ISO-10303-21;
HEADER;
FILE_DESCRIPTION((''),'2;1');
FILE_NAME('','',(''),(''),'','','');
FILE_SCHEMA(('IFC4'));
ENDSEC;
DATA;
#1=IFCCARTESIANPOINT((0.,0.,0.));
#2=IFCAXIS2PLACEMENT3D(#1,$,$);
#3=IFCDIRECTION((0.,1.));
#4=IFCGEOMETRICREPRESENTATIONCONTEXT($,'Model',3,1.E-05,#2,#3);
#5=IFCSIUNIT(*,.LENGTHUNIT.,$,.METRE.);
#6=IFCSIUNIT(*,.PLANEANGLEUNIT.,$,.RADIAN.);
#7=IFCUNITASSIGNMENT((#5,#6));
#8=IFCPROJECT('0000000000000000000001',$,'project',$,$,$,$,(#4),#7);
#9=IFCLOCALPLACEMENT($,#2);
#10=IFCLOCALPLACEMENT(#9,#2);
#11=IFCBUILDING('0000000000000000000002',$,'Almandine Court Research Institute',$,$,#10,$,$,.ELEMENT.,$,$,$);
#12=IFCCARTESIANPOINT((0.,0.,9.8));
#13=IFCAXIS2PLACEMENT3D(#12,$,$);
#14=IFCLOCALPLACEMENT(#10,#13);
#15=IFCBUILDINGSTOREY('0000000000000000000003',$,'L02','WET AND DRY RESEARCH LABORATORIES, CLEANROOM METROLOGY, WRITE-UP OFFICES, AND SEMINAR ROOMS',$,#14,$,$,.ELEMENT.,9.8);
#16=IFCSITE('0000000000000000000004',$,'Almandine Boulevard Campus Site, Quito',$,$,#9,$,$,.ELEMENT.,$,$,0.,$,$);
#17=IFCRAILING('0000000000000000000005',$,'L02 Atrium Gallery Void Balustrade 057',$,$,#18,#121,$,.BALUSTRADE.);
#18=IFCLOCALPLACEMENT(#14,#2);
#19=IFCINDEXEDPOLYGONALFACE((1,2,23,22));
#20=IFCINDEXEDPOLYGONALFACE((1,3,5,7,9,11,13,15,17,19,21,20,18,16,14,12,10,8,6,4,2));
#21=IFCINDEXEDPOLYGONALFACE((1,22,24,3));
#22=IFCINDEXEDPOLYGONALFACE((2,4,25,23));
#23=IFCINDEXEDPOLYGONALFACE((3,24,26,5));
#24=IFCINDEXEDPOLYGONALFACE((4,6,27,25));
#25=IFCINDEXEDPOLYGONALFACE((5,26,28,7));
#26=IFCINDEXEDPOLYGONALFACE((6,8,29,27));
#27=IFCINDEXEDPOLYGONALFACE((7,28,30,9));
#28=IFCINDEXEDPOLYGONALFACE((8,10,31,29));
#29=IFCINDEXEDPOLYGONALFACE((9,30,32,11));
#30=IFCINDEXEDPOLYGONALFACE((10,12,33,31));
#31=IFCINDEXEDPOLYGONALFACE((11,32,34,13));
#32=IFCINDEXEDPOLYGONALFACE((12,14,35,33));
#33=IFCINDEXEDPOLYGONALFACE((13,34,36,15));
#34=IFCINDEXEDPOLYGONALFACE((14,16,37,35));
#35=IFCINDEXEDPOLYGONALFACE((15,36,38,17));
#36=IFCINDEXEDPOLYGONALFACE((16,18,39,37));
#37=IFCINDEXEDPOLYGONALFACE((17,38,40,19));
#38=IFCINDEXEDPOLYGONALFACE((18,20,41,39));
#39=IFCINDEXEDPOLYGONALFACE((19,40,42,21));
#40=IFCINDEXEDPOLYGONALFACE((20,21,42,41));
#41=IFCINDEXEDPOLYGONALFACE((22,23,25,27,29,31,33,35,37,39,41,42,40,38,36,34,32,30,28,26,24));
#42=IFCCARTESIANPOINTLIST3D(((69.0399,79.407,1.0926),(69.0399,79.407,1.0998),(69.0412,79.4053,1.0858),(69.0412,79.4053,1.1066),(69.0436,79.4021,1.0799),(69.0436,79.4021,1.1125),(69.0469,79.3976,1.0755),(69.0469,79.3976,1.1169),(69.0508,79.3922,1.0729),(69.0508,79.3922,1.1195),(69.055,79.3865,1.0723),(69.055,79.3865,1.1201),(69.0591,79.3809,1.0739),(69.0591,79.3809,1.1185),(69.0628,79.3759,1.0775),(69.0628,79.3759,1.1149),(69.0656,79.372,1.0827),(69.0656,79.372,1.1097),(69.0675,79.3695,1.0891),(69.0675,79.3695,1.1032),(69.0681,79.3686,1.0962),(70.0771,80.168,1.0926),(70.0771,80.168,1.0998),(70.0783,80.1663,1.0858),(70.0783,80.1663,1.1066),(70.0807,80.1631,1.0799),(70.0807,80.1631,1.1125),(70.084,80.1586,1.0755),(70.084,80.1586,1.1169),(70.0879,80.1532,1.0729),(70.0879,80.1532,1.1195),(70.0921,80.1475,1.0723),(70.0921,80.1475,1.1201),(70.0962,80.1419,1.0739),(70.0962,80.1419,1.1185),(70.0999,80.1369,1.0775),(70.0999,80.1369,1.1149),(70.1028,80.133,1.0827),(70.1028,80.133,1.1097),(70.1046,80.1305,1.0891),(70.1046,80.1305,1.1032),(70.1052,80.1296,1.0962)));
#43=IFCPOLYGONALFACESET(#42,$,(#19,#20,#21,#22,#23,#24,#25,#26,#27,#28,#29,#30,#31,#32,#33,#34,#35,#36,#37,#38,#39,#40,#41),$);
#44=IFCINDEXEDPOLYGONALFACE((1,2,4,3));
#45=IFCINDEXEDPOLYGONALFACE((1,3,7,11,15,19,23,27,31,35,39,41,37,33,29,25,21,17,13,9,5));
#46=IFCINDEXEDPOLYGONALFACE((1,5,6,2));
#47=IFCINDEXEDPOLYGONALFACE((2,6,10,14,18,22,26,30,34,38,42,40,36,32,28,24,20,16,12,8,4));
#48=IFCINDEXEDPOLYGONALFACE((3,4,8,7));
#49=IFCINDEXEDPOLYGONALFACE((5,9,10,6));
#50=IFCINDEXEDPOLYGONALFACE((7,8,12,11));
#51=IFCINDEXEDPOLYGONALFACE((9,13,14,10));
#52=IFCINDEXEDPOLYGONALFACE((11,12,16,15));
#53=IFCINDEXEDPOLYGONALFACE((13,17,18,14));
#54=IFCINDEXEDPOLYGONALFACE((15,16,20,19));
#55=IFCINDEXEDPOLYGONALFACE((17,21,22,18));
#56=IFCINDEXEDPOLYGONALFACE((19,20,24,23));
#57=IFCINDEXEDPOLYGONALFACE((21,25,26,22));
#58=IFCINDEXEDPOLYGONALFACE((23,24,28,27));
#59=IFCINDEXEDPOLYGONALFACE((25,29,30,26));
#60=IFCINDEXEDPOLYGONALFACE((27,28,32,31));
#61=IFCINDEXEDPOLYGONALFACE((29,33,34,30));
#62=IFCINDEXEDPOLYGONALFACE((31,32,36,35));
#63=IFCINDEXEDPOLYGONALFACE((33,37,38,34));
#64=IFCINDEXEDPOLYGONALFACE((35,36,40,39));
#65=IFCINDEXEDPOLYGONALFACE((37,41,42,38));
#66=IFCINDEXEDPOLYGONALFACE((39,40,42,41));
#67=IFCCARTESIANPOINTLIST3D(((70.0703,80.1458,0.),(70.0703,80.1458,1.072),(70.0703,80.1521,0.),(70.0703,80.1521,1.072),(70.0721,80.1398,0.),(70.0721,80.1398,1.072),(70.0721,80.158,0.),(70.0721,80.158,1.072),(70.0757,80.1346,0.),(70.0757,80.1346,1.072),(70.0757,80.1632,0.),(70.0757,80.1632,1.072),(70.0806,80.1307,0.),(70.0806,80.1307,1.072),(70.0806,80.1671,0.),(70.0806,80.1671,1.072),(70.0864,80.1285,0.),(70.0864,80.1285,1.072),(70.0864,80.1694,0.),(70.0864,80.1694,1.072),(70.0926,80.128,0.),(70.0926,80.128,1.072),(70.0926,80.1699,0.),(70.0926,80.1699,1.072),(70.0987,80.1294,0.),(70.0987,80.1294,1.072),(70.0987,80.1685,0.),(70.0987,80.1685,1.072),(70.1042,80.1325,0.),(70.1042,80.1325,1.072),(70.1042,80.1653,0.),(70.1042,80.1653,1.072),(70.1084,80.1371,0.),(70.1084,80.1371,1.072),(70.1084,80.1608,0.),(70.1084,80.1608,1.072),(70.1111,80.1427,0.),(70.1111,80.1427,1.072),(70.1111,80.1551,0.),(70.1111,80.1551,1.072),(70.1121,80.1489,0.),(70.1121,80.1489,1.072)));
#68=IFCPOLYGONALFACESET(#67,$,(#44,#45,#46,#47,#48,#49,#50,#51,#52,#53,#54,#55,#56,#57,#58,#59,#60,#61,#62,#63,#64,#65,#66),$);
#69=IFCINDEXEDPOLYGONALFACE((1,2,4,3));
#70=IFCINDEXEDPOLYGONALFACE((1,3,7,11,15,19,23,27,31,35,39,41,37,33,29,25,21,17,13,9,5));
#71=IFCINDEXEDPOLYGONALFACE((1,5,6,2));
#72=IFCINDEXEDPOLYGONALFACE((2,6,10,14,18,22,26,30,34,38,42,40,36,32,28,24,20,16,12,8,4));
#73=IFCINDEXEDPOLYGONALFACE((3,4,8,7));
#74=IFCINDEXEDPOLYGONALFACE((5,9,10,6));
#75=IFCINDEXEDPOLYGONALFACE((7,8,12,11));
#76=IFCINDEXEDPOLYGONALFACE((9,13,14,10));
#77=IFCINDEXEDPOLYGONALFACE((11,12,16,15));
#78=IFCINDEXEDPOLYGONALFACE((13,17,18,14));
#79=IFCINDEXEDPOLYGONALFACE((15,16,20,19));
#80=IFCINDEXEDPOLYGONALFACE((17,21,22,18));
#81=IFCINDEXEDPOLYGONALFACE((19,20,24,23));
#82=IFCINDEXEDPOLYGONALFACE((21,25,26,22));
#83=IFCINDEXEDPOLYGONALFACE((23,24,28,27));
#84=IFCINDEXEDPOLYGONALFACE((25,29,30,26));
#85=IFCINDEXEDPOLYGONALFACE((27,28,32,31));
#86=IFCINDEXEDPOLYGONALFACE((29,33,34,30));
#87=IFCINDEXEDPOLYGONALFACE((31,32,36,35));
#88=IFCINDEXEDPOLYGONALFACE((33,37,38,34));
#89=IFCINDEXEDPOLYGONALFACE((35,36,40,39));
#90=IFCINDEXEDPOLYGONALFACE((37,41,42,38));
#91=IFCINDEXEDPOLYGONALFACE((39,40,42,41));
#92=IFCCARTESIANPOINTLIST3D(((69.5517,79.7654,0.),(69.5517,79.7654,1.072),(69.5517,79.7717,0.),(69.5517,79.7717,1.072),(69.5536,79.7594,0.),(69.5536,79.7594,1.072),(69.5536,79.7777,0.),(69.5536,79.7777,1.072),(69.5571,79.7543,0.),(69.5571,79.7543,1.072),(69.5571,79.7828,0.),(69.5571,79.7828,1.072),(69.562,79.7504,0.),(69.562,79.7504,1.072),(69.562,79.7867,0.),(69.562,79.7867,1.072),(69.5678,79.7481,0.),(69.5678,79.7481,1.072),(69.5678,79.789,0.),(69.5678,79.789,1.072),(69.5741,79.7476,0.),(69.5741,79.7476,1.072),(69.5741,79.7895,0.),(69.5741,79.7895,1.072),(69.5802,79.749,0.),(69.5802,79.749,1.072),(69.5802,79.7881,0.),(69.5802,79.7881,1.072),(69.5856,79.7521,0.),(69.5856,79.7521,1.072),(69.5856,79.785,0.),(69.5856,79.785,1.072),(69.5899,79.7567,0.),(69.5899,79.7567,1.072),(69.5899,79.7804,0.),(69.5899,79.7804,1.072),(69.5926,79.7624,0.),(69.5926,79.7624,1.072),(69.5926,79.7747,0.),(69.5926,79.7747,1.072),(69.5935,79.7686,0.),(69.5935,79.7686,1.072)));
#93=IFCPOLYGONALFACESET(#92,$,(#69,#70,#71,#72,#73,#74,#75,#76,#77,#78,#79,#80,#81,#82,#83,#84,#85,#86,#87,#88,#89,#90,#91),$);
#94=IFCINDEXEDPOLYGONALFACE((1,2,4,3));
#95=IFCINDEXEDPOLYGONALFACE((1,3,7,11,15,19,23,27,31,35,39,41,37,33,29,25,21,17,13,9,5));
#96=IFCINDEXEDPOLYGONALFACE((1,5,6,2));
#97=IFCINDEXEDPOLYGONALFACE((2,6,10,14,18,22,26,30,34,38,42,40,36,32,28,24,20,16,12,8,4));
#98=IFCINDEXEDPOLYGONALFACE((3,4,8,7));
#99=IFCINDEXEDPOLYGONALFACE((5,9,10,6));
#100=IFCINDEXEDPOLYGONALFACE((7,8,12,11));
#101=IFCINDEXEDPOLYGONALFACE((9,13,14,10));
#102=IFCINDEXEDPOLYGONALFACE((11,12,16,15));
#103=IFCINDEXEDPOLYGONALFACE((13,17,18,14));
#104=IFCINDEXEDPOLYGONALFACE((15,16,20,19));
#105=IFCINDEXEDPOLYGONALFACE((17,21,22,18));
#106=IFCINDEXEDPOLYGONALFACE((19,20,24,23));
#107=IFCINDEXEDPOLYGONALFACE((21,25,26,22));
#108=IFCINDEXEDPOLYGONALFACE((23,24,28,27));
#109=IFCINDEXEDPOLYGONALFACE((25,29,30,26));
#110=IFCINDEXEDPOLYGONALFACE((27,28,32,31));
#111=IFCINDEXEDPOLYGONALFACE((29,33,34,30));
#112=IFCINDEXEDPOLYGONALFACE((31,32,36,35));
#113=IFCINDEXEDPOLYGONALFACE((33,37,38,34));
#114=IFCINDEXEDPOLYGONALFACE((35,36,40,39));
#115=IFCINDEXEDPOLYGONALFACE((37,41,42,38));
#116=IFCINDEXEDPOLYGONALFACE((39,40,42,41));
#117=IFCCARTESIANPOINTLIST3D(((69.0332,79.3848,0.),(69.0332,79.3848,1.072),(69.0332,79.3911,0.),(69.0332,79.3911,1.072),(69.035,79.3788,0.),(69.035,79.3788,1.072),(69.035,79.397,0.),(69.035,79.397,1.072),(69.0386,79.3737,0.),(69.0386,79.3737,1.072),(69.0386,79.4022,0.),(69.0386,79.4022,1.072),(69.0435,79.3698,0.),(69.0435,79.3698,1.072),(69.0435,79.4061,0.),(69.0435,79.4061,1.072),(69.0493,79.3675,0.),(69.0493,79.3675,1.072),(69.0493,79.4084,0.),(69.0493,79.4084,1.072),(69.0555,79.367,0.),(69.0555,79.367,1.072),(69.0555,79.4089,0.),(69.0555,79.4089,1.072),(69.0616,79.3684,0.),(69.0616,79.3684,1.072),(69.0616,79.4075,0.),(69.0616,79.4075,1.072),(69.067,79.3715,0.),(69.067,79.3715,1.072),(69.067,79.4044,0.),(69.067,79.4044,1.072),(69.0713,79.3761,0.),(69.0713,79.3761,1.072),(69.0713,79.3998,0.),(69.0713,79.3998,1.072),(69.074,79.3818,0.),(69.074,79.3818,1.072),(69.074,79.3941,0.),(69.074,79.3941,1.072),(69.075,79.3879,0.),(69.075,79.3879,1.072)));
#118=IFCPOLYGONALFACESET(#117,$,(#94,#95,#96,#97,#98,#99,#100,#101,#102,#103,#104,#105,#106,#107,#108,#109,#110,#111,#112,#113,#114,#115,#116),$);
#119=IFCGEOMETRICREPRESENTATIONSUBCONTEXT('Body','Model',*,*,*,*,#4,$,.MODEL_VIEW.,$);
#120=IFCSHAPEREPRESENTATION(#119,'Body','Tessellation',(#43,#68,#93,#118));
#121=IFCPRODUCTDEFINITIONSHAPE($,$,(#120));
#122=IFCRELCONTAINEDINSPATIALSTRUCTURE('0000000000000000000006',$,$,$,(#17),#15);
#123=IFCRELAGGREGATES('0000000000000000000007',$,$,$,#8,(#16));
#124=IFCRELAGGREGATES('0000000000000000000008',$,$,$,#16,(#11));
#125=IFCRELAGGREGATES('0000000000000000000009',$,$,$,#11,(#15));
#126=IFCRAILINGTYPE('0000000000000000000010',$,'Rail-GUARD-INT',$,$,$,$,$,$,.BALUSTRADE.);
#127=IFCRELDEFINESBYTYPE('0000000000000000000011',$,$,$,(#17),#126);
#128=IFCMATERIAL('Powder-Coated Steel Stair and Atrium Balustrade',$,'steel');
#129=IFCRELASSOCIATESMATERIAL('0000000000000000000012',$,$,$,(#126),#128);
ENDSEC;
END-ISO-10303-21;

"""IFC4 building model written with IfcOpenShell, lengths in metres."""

from ifc_helpers import new_model, si_unit, direction, frame, origin, origin_2d, place, context, subcontext, project, spatial, circle, extrude, material, type_object, element, save


model = new_model("IFC4")

# Units and contexts
model_context = context("Model", 3, precision=1e-05, world=origin(), true_north=direction((0.0, 1.0)))
body_context = subcontext(model_context, "Body", "Model", "MODEL_VIEW")
ifc_project = project(units=[si_unit("LENGTHUNIT", "METRE"), si_unit("PLANEANGLEUNIT", "RADIAN")], contexts=[model_context])

# Site, building, storey
site_placement = place(None, origin())
site = spatial("IfcSite", under=ifc_project, at=site_placement, Name="Almandine Boulevard Campus Site, Quito", CompositionType="ELEMENT", RefElevation=0.0)
building_placement = place(site_placement, origin())
building = spatial("IfcBuilding", under=site, at=building_placement, Name="Almandine Court Research Institute", CompositionType="ELEMENT")
storey_placement = place(building_placement, frame((0.0, 0.0, 9.8)))
storey = spatial("IfcBuildingStorey", under=building, at=storey_placement, Name="L02", Description="WET AND DRY RESEARCH LABORATORIES, CLEANROOM METROLOGY, WRITE-UP OFFICES, AND SEMINAR ROOMS", CompositionType="ELEMENT", Elevation=9.8)

# Railing
ifc_material_1 = material(Name="Powder-Coated Steel Stair and Atrium Balustrade", Category="steel")
railing_type = type_object("IfcRailingType", Name="Rail-GUARD-INT", PredefinedType="BALUSTRADE", material=ifc_material_1)
railing_1_placement = place(storey_placement, frame((70.0911, 80.1489, 0.0)))
element("IfcRailing", 1, at=railing_1_placement, inside=storey, type_object=railing_type, Name="L02 Atrium Gallery Void Balustrade 057", PredefinedType="BALUSTRADE", context=body_context, shape_type="SweptSolid", body=[
    extrude(circle(Radius=0.0239, at=origin_2d()), frame((0.0, 0.0, 1.0962), z_axis=(-0.806242, -0.591586, 0.0), x_axis=(0.591586, -0.806242, 0.0)), (0.0, 0.0, 1.0), 1.2864),
    extrude(circle(Radius=0.021, at=origin_2d()), origin(), (0.0, 0.0, 1.0), 1.072),
    extrude(circle(Radius=0.021, at=origin_2d()), frame((-0.5186, -0.3804, 0.0)), (0.0, 0.0, 1.0), 1.072),
    extrude(circle(Radius=0.021, at=origin_2d()), frame((-1.0371, -0.761, 0.0)), (0.0, 0.0, 1.0), 1.072),
])

save(model, "model.ifc")
